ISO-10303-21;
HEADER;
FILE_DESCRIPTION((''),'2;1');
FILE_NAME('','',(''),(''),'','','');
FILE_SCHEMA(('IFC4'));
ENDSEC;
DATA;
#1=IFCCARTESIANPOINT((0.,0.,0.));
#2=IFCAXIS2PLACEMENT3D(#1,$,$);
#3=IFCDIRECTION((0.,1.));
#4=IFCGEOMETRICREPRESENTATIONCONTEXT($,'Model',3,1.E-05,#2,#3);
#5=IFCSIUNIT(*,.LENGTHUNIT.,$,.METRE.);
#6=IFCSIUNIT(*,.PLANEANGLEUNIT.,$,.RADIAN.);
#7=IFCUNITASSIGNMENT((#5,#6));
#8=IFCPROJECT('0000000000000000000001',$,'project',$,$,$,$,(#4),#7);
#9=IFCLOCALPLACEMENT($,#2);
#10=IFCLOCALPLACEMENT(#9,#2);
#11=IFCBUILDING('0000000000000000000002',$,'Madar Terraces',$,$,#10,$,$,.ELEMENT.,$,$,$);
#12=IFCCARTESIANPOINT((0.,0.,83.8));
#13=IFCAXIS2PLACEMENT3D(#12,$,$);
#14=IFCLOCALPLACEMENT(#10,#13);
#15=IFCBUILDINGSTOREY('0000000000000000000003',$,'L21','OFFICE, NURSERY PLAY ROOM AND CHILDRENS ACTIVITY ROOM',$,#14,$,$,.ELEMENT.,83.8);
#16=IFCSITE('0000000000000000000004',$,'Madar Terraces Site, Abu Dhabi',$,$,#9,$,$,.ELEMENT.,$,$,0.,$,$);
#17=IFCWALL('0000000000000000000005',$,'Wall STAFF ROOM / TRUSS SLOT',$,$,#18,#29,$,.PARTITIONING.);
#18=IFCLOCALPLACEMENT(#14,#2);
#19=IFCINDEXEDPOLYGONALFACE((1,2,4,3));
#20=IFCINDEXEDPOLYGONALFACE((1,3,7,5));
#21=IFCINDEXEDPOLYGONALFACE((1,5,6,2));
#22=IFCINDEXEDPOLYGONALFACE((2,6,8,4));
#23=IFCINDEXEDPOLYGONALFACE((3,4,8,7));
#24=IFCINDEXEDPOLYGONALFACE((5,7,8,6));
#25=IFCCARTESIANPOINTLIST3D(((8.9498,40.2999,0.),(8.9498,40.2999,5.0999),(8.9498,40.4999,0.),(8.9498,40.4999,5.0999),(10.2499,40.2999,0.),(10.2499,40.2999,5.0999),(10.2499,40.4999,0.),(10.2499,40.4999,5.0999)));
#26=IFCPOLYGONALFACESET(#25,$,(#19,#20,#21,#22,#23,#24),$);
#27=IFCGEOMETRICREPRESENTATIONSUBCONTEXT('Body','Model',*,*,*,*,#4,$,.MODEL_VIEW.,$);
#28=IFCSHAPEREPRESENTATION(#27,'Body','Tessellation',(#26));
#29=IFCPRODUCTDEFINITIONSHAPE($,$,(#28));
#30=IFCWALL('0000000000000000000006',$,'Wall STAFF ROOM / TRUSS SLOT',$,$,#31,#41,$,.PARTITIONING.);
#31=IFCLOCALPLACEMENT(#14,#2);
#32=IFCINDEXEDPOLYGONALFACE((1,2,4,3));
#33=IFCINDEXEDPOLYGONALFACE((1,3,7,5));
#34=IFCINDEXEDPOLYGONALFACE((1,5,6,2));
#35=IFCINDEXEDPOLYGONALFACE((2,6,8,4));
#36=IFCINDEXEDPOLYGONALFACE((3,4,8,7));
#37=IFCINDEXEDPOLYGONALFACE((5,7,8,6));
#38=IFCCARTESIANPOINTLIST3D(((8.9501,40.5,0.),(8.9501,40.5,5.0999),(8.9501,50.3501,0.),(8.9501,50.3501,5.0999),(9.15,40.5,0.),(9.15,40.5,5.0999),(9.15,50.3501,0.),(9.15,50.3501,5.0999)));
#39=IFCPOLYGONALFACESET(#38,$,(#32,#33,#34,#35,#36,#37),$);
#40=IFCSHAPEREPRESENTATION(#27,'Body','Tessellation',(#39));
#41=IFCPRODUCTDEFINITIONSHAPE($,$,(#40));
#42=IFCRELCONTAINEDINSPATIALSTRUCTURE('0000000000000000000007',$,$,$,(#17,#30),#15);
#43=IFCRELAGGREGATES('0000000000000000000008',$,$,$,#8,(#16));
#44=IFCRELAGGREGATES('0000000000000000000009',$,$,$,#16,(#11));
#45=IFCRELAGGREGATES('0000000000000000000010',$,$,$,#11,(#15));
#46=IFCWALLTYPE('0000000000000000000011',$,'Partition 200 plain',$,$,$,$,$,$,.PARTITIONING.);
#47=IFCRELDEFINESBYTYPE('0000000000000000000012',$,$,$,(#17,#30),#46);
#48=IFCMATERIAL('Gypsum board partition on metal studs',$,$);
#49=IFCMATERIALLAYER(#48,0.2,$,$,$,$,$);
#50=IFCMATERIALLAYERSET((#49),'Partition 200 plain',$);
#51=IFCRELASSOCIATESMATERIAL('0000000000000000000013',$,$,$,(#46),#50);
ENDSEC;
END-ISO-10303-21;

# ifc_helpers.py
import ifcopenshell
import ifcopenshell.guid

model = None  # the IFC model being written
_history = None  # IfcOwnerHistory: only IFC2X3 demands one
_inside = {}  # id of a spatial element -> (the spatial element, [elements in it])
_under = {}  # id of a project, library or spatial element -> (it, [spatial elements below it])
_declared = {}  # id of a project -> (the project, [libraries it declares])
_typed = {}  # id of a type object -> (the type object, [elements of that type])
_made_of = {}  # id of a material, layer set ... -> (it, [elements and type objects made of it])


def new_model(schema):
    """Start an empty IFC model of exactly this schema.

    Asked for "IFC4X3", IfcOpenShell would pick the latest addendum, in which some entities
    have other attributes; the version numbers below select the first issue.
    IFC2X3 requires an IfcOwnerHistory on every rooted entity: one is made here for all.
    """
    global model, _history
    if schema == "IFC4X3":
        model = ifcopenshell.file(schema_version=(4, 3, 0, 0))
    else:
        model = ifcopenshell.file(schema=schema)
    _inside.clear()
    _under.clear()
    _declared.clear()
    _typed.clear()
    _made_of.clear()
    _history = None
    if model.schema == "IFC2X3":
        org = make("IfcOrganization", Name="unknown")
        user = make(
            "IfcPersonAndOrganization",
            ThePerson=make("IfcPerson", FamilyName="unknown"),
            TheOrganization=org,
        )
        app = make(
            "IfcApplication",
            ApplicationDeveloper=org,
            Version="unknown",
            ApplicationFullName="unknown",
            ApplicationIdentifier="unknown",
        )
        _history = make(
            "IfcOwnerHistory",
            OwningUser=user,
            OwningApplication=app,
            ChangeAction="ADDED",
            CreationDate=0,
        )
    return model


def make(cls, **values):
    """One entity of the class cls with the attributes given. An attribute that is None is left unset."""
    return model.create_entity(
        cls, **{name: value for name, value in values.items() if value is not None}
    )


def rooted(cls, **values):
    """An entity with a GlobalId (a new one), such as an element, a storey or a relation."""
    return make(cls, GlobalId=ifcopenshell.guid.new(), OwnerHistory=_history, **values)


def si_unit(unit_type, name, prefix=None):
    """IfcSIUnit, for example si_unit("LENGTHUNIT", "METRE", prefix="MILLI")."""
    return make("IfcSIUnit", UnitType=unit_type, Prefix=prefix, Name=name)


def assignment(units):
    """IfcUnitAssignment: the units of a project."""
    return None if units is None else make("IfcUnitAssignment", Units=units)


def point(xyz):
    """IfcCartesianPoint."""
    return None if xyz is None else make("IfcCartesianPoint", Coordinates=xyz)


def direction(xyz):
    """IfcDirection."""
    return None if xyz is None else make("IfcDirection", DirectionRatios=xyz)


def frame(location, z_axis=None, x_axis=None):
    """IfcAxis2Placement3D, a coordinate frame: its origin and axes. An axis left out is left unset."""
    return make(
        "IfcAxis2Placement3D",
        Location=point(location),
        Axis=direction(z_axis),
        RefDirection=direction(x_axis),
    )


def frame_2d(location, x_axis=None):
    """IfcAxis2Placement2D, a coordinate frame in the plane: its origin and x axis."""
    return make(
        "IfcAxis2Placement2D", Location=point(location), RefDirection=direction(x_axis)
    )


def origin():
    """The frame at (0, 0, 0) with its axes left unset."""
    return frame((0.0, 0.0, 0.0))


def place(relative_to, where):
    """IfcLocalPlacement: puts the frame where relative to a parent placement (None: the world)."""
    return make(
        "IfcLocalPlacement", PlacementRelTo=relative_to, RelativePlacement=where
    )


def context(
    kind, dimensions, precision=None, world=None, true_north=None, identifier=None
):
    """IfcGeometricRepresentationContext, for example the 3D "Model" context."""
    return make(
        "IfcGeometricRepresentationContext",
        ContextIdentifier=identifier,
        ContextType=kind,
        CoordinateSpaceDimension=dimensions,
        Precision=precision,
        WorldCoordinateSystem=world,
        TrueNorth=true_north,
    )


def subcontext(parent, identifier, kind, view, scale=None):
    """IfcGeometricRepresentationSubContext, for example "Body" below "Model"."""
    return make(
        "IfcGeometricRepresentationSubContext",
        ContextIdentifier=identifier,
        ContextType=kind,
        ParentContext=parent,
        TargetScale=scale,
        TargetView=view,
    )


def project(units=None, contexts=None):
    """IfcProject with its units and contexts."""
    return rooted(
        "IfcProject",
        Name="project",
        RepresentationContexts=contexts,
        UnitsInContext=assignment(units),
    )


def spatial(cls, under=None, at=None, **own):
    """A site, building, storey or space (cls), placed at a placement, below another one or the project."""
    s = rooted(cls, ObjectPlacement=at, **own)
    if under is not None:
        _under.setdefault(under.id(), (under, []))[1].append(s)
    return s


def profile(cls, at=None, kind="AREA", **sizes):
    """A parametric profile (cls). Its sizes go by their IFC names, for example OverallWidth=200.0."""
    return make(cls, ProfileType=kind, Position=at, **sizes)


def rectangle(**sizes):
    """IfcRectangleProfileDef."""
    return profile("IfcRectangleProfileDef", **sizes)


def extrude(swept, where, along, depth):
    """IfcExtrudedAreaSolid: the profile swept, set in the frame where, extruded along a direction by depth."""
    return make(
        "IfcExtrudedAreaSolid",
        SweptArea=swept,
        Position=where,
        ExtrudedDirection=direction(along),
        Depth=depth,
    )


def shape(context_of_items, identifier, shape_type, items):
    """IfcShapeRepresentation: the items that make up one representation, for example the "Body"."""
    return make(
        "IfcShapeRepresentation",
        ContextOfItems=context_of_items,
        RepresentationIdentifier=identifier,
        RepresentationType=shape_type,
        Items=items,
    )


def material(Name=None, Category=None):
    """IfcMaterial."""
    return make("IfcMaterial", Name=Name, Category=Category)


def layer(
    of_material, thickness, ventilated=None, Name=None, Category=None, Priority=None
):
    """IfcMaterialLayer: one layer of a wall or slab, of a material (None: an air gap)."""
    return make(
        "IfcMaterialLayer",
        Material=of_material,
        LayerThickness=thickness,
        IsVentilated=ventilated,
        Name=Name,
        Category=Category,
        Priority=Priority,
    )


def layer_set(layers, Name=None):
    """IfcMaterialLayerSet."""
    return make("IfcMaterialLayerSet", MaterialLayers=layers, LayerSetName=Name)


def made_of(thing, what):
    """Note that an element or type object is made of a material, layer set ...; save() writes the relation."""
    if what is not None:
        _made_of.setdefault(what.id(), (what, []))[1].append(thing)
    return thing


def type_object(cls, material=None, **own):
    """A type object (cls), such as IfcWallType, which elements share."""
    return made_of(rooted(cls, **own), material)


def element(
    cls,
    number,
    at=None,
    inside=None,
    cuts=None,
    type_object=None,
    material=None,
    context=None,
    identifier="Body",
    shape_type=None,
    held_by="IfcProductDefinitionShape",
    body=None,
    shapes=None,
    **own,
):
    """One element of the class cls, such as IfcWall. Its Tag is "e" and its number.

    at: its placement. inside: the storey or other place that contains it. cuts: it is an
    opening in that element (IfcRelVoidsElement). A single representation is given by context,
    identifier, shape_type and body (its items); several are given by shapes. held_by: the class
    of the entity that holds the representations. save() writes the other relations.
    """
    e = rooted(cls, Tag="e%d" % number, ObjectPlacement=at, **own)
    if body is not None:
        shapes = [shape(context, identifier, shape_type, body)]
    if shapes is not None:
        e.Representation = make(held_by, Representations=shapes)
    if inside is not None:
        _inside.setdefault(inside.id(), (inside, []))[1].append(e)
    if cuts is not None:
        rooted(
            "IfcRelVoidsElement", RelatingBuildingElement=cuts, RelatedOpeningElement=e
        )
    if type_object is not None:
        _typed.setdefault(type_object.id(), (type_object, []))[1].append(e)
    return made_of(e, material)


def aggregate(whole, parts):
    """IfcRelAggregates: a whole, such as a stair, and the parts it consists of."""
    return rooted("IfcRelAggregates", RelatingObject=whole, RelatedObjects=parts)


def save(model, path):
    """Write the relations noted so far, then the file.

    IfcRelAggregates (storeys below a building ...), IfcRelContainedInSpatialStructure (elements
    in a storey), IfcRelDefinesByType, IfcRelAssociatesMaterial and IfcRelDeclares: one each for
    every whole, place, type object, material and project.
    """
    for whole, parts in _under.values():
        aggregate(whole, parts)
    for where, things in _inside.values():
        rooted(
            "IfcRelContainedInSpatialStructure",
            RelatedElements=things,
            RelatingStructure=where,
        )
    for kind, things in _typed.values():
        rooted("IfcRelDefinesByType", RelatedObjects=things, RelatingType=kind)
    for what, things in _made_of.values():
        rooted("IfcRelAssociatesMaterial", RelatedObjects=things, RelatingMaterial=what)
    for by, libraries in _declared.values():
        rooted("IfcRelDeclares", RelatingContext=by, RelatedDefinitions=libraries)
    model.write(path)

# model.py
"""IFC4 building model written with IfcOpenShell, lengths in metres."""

from ifc_helpers import new_model, si_unit, direction, frame, frame_2d, origin, place, context, subcontext, project, spatial, rectangle, extrude, material, layer, layer_set, type_object, element, save


model = new_model("IFC4")

# Units and contexts
model_context = context("Model", 3, precision=1e-05, world=origin(), true_north=direction((0.0, 1.0)))
body_context = subcontext(model_context, "Body", "Model", "MODEL_VIEW")
ifc_project = project(units=[si_unit("LENGTHUNIT", "METRE"), si_unit("PLANEANGLEUNIT", "RADIAN")], contexts=[model_context])

# Site, building, storey
site_placement = place(None, origin())
site = spatial("IfcSite", under=ifc_project, at=site_placement, Name="Madar Terraces Site, Abu Dhabi", CompositionType="ELEMENT", RefElevation=0.0)
building_placement = place(site_placement, origin())
building = spatial("IfcBuilding", under=site, at=building_placement, Name="Madar Terraces", CompositionType="ELEMENT")
storey_placement = place(building_placement, frame((0.0, 0.0, 83.8)))
storey = spatial("IfcBuildingStorey", under=building, at=storey_placement, Name="L21", Description="OFFICE, NURSERY PLAY ROOM AND CHILDRENS ACTIVITY ROOM", CompositionType="ELEMENT", Elevation=83.8)

# Walls
ifc_material_1 = material(Name="Gypsum board partition on metal studs")
ifc_layer_1 = layer(ifc_material_1, 0.2)
ifc_layer_set_1 = layer_set([ifc_layer_1], Name="Partition 200 plain")
wall_type_1 = type_object("IfcWallType", Name="Partition 200 plain", PredefinedType="PARTITIONING", material=ifc_layer_set_1)
wall_1_placement = place(storey_placement, frame((8.95, 40.3999, 0.0), z_axis=(0.0, 0.0, 1.0), x_axis=(1.0, 0.0, 0.0)))
element("IfcWall", 1, at=wall_1_placement, inside=storey, type_object=wall_type_1, Name="Wall STAFF ROOM / TRUSS SLOT", PredefinedType="PARTITIONING", context=body_context, shape_type="SweptSolid", body=[
    extrude(rectangle(XDim=1.3, YDim=0.2, at=frame_2d((0.6499, 0.0))), origin(), (0.0, 0.0, 1.0), 5.0999),
])
wall_2_placement = place(storey_placement, frame((9.05, 40.5, 0.0), z_axis=(0.0, 0.0, 1.0), x_axis=(0.0, 1.0, 0.0)))
element("IfcWall", 2, at=wall_2_placement, inside=storey, type_object=wall_type_1, Name="Wall STAFF ROOM / TRUSS SLOT", PredefinedType="PARTITIONING", context=body_context, shape_type="SweptSolid", body=[
    extrude(rectangle(XDim=9.8501, YDim=0.2, at=frame_2d((4.925, 0.0))), origin(), (0.0, 0.0, 1.0), 5.0999),
])

save(model, "model.ifc")
